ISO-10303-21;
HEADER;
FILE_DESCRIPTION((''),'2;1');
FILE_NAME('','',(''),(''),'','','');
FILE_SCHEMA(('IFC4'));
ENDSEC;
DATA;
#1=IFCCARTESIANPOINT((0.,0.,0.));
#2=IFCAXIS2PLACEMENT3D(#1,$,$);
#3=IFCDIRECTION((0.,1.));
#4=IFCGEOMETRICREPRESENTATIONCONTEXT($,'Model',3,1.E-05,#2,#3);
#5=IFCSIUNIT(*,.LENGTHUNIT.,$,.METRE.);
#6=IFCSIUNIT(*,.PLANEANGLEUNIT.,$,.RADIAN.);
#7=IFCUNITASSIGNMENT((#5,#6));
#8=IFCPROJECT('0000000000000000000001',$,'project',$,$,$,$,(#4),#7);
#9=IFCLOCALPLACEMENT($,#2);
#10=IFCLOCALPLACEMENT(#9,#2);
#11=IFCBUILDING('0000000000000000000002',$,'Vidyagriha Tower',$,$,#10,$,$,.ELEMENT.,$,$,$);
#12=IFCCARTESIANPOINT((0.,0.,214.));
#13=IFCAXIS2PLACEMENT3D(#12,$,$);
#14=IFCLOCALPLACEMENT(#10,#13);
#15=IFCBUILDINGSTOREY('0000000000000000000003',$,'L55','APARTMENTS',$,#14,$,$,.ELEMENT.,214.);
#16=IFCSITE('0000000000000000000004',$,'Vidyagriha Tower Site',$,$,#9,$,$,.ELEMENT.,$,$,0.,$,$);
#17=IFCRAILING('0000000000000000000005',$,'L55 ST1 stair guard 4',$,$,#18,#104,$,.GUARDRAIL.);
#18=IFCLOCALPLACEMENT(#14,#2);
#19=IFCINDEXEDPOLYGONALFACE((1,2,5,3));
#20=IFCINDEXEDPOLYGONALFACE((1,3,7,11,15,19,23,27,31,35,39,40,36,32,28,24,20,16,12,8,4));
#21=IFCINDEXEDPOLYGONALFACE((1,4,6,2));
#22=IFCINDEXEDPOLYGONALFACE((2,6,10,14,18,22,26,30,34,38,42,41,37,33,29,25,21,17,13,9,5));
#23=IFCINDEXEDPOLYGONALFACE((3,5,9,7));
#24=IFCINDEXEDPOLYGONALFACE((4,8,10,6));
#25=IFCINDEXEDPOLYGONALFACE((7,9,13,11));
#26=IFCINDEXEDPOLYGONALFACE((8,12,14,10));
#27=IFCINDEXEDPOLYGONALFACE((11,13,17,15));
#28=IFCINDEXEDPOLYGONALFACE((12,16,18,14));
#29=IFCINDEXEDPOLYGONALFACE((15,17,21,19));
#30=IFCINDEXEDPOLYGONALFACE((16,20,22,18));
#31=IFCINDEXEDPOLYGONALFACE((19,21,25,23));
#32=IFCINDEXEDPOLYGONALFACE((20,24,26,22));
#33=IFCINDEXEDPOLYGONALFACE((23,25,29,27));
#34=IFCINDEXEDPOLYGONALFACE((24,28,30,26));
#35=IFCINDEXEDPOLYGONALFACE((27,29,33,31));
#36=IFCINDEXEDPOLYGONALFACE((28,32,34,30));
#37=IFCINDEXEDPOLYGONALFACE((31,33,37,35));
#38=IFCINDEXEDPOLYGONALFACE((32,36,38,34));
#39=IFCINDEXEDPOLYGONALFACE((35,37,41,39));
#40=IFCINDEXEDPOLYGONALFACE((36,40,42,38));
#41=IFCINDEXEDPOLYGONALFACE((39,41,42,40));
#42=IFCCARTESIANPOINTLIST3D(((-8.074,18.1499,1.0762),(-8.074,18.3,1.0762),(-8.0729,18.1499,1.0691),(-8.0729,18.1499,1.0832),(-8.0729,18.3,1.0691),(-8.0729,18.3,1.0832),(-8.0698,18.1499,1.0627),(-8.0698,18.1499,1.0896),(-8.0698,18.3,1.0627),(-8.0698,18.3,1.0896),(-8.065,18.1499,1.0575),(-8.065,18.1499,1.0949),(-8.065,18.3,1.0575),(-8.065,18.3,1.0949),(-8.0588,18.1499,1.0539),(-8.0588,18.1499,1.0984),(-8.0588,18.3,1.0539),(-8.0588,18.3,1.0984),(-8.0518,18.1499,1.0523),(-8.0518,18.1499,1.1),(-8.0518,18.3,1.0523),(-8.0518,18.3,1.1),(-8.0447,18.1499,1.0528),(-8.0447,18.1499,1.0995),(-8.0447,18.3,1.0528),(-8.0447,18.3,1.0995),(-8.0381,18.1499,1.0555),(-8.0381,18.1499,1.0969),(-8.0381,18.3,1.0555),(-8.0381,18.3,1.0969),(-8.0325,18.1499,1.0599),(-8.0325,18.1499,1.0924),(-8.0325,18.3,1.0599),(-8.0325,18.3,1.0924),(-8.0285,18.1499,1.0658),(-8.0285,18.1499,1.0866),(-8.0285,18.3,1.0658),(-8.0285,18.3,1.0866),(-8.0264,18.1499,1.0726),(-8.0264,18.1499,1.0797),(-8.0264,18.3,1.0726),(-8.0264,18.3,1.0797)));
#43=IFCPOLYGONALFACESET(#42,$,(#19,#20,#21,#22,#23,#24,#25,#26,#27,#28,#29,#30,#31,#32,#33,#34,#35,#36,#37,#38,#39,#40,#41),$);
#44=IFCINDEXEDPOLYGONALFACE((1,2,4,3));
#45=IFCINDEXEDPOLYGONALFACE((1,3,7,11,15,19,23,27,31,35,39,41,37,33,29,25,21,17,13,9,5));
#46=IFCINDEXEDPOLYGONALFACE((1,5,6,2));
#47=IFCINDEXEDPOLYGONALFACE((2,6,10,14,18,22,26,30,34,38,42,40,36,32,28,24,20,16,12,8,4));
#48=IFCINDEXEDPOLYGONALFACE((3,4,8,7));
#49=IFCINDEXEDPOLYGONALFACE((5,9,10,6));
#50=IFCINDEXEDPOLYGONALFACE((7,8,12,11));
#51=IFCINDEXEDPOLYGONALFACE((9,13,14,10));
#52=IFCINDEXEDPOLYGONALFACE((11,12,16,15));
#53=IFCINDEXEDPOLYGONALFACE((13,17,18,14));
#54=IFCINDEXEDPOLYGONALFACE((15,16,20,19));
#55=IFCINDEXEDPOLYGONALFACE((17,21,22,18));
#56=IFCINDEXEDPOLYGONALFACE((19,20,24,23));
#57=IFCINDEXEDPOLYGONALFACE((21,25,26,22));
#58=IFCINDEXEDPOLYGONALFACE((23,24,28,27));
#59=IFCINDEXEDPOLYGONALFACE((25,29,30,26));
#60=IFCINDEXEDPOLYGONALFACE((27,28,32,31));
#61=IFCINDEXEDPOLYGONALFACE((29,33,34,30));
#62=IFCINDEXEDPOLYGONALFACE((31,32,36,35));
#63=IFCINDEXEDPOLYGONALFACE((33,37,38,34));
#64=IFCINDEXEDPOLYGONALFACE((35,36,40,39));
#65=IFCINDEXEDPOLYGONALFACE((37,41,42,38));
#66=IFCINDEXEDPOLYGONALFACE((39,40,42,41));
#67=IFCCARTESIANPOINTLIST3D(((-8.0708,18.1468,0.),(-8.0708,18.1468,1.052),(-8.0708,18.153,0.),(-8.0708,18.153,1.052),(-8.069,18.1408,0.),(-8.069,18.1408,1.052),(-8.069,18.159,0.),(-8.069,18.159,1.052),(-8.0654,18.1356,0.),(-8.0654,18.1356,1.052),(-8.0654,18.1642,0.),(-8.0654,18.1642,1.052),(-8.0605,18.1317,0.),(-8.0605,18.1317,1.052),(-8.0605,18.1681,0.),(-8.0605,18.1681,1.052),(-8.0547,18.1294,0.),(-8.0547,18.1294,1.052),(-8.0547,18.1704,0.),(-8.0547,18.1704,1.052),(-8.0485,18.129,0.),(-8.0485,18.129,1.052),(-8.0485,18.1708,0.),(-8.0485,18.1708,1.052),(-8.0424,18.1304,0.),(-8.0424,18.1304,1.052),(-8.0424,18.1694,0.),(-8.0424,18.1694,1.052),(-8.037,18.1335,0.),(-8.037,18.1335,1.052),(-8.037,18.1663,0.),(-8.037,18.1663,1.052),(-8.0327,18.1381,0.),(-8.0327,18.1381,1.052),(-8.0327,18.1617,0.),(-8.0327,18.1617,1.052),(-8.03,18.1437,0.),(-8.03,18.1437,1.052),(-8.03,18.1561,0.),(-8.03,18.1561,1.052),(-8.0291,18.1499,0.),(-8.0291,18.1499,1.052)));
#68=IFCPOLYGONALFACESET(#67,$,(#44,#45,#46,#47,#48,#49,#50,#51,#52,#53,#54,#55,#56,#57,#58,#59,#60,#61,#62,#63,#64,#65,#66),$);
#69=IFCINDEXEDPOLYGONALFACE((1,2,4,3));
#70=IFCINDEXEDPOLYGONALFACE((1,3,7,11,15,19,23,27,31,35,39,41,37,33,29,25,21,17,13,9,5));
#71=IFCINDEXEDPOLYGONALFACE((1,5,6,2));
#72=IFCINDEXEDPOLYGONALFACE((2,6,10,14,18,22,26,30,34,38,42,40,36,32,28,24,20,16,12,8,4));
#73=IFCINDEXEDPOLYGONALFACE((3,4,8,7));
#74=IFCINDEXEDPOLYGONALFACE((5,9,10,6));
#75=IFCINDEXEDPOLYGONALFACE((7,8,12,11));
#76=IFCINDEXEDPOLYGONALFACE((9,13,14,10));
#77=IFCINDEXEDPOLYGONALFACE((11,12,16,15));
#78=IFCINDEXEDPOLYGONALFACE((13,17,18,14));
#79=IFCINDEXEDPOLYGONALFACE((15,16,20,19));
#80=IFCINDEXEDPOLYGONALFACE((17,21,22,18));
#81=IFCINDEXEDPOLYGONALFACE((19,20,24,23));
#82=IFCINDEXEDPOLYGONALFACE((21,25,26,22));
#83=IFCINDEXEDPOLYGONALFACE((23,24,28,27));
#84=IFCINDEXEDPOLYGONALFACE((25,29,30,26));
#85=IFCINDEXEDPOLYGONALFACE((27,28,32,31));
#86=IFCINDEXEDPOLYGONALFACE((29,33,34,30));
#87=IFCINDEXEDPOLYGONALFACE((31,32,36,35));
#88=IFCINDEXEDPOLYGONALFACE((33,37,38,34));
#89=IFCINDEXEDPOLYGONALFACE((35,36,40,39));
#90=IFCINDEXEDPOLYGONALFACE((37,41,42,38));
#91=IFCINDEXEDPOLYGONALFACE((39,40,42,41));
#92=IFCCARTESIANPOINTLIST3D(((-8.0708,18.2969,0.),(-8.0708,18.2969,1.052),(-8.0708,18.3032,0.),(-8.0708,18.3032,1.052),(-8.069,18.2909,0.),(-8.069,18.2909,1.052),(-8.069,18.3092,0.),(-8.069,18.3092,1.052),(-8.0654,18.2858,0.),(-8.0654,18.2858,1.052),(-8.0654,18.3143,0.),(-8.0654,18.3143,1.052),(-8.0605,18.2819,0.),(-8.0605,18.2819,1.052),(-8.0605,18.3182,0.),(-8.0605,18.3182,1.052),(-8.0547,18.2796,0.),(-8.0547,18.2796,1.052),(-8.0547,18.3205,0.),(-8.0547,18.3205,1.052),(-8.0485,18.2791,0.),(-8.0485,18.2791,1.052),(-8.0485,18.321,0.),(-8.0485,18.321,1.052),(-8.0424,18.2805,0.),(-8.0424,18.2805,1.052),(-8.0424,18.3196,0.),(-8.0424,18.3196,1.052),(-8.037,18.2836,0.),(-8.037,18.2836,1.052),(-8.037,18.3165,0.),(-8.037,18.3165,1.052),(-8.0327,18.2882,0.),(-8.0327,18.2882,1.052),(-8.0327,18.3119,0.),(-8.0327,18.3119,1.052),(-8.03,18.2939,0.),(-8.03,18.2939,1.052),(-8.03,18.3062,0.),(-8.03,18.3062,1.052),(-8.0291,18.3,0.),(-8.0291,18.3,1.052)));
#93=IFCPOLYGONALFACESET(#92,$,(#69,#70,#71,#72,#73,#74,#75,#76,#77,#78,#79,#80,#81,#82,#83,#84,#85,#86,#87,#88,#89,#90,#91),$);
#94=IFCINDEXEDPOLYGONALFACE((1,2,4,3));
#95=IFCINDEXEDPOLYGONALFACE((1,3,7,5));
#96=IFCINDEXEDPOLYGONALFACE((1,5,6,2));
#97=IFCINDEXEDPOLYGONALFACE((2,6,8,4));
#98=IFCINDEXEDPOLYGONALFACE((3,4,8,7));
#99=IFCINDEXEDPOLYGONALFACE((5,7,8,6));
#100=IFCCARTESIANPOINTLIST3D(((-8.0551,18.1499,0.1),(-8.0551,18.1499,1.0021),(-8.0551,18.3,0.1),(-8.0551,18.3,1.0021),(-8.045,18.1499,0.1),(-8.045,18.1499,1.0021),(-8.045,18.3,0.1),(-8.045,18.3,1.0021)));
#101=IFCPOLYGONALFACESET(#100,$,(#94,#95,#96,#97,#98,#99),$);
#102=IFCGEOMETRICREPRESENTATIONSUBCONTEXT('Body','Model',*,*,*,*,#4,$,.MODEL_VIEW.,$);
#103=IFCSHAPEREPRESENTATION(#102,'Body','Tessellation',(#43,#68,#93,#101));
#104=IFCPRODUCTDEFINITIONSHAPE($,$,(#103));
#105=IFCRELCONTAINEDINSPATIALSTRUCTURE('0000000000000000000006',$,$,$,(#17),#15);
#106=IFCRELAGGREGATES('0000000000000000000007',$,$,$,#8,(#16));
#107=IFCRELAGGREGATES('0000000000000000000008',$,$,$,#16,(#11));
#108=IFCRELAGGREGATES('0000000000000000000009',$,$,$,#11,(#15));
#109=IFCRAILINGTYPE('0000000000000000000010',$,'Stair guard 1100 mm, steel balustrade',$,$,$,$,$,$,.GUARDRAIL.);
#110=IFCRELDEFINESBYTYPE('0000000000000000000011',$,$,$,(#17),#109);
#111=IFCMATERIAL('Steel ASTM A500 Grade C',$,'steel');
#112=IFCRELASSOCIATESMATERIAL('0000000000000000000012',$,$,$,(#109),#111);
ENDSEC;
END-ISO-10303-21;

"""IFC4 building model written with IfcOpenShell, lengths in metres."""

from ifc_helpers import new_model, si_unit, direction, frame, origin, origin_2d, place, context, subcontext, project, spatial, rectangle, circle, extrude, material, type_object, element, save


model = new_model("IFC4")

# Units and contexts
model_context = context("Model", 3, precision=1e-05, world=origin(), true_north=direction((0.0, 1.0)))
body_context = subcontext(model_context, "Body", "Model", "MODEL_VIEW")
ifc_project = project(units=[si_unit("LENGTHUNIT", "METRE"), si_unit("PLANEANGLEUNIT", "RADIAN")], contexts=[model_context])

# Site, building, storey
site_placement = place(None, origin())
site = spatial("IfcSite", under=ifc_project, at=site_placement, Name="Vidyagriha Tower Site", CompositionType="ELEMENT", RefElevation=0.0)
building_placement = place(site_placement, origin())
building = spatial("IfcBuilding", under=site, at=building_placement, Name="Vidyagriha Tower", CompositionType="ELEMENT")
storey_placement = place(building_placement, frame((0.0, 0.0, 214.0)))
storey = spatial("IfcBuildingStorey", under=building, at=storey_placement, Name="L55", Description="APARTMENTS", CompositionType="ELEMENT", Elevation=214.0)

# Railing
ifc_material_1 = material(Name="Steel ASTM A500 Grade C", Category="steel")
railing_type_1 = type_object("IfcRailingType", Name="Stair guard 1100 mm, steel balustrade", PredefinedType="GUARDRAIL", material=ifc_material_1)
railing_1_placement = place(storey_placement, frame((-8.05, 18.1499, 0.0)))
element("IfcRailing", 1, at=railing_1_placement, inside=storey, type_object=railing_type_1, Name="L55 ST1 stair guard 4", PredefinedType="GUARDRAIL", context=body_context, shape_type="SweptSolid", body=[
    extrude(circle(Radius=0.0239, at=origin_2d()), frame((0.0, 0.0, 1.0762), z_axis=(0.0, 1.0, 0.0), x_axis=(-1.0, 0.0, 0.0)), (0.0, 0.0, 1.0), 0.1501),
    extrude(circle(Radius=0.021, at=origin_2d()), origin(), (0.0, 0.0, 1.0), 1.052),
    extrude(circle(Radius=0.021, at=origin_2d()), frame((0.0, 0.1501, 0.0)), (0.0, 0.0, 1.0), 1.052),
    extrude(rectangle(XDim=0.01, YDim=0.9021, at=origin_2d()), frame((0.0, 0.0, 0.551), z_axis=(0.0, 1.0, 0.0), x_axis=(-1.0, 0.0, 0.0)), (0.0, 0.0, 1.0), 0.1501),
])

save(model, "model.ifc")
